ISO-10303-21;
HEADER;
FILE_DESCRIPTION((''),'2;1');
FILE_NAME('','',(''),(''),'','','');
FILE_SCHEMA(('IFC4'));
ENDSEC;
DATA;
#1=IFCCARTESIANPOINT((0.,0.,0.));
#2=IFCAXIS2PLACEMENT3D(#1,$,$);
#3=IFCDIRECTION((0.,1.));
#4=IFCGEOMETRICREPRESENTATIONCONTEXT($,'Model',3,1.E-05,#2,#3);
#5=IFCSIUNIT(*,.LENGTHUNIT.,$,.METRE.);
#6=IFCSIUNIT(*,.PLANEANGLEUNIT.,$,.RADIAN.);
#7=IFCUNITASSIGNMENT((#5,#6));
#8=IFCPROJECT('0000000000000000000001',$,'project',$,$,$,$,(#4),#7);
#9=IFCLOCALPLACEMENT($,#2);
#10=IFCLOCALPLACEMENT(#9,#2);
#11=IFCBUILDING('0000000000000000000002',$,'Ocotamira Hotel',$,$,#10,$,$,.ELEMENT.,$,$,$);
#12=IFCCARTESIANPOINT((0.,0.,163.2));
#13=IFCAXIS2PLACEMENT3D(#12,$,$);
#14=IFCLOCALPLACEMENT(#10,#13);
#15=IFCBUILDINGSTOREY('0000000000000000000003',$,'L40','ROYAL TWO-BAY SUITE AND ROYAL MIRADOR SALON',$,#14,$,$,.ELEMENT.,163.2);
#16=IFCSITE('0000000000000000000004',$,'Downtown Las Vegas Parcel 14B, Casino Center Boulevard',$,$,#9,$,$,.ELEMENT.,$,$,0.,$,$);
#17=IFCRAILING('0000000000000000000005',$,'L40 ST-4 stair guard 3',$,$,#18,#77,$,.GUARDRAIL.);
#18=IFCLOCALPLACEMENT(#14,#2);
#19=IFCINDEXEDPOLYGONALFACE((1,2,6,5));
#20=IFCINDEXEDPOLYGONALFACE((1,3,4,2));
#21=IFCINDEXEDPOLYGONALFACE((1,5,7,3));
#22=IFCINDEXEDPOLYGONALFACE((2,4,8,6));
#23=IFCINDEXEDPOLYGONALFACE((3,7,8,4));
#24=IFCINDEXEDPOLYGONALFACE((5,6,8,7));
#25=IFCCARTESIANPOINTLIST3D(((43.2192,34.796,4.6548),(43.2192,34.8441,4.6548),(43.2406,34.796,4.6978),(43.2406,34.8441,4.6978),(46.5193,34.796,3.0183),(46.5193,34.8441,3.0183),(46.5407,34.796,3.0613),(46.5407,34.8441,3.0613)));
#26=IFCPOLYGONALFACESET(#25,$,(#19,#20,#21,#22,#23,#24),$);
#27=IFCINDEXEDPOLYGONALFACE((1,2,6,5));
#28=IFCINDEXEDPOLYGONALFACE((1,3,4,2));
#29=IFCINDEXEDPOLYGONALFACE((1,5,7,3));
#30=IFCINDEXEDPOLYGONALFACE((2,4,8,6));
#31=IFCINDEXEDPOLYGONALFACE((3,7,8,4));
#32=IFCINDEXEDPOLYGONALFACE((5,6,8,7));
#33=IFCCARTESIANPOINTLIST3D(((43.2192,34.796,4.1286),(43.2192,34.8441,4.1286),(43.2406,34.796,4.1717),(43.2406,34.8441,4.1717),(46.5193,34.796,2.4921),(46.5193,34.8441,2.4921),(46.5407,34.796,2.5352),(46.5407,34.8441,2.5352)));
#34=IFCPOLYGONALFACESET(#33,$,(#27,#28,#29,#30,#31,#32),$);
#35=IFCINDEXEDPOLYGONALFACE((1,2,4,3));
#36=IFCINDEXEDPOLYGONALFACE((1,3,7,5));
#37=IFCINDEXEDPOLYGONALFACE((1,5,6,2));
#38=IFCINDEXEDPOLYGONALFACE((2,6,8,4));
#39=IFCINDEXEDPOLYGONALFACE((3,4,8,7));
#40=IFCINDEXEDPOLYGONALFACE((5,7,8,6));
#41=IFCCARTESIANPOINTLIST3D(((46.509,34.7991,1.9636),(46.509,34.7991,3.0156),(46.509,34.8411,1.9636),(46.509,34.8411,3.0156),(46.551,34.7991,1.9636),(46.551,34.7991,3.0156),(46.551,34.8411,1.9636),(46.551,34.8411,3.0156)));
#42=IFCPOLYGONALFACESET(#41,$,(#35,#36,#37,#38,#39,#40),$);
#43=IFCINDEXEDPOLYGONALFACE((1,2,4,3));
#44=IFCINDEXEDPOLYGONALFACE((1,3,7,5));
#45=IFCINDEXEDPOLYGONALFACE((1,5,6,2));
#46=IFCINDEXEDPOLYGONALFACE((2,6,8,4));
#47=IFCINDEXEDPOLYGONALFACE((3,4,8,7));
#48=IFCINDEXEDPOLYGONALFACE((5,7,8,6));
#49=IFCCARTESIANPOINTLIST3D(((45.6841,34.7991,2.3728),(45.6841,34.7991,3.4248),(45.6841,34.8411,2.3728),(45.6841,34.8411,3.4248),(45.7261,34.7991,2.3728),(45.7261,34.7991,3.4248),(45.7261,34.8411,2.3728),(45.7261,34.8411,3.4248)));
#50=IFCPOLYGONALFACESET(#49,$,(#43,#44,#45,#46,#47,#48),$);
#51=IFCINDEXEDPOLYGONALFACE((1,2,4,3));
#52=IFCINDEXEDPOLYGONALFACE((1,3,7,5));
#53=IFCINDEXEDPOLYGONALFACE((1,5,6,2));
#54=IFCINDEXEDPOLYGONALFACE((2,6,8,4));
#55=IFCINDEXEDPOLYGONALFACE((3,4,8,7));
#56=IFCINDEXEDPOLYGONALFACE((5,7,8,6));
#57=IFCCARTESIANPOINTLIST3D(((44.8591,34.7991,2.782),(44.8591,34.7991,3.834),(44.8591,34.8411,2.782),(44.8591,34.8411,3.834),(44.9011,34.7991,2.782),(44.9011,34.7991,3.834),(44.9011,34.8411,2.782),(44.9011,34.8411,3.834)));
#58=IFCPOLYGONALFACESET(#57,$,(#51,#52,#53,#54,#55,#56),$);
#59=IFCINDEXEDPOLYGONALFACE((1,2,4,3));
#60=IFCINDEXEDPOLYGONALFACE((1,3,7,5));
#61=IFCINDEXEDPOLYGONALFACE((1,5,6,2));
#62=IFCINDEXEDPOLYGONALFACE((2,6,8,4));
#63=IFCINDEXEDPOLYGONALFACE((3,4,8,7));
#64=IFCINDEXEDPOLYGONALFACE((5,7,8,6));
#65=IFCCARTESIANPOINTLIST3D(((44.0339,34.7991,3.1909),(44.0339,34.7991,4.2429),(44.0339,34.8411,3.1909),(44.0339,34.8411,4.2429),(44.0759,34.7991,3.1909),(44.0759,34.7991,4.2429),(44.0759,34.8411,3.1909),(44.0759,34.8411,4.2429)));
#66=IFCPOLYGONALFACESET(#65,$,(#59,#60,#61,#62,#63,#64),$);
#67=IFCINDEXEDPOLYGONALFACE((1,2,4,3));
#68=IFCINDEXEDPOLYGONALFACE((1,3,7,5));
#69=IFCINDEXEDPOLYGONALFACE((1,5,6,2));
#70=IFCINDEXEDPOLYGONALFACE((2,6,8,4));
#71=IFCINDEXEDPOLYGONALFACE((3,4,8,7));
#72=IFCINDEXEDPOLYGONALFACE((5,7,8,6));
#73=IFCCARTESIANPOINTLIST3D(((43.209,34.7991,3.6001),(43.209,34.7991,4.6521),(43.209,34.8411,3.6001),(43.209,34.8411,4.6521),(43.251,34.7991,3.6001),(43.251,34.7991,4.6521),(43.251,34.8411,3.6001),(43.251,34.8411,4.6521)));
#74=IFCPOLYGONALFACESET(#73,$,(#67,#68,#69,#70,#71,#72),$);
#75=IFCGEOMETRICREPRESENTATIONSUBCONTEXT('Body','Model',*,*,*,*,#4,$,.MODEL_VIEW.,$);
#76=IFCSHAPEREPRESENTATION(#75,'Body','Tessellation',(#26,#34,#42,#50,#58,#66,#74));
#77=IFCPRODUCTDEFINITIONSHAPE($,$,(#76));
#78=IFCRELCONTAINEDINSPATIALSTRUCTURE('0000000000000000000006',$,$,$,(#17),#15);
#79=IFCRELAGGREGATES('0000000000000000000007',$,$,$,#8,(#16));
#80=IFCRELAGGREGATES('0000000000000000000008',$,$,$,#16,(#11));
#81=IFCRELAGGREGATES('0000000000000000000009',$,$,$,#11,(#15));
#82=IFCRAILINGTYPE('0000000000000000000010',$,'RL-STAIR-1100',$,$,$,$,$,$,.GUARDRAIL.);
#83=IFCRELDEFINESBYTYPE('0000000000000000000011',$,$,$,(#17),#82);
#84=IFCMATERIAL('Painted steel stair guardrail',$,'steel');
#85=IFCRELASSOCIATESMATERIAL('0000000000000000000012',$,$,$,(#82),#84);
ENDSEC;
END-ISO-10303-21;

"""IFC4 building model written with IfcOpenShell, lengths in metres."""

from ifc_helpers import new_model, si_unit, direction, frame, origin, origin_2d, place, context, subcontext, project, spatial, rectangle, extrude, material, type_object, element, save


model = new_model("IFC4")

# Units and contexts
model_context = context("Model", 3, precision=1e-05, world=origin(), true_north=direction((0.0, 1.0)))
body_context = subcontext(model_context, "Body", "Model", "MODEL_VIEW")
ifc_project = project(units=[si_unit("LENGTHUNIT", "METRE"), si_unit("PLANEANGLEUNIT", "RADIAN")], contexts=[model_context])

# Site, building, storey
site_placement = place(None, origin())
site = spatial("IfcSite", under=ifc_project, at=site_placement, Name="Downtown Las Vegas Parcel 14B, Casino Center Boulevard", CompositionType="ELEMENT", RefElevation=0.0)
building_placement = place(site_placement, origin())
building = spatial("IfcBuilding", under=site, at=building_placement, Name="Ocotamira Hotel", CompositionType="ELEMENT")
storey_placement = place(building_placement, frame((0.0, 0.0, 163.2)))
storey = spatial("IfcBuildingStorey", under=building, at=storey_placement, Name="L40", Description="ROYAL TWO-BAY SUITE AND ROYAL MIRADOR SALON", CompositionType="ELEMENT", Elevation=163.2)

# Railing
ifc_material_1 = material(Name="Painted steel stair guardrail", Category="steel")
railing_type_1 = type_object("IfcRailingType", Name="RL-STAIR-1100", PredefinedType="GUARDRAIL", material=ifc_material_1)
railing_1_placement = place(storey_placement, frame((46.53, 34.8201, 1.9636)))
element("IfcRailing", 1, at=railing_1_placement, inside=storey, type_object=railing_type_1, Name="L40 ST-4 stair guard 3", PredefinedType="GUARDRAIL", context=body_context, shape_type="SweptSolid", body=[
    extrude(rectangle(XDim=0.0481, YDim=0.0481, at=origin_2d()), frame((0.0, 0.0, 1.0762), z_axis=(-0.895894, 0.0, 0.444268), x_axis=(0.0, -1.0, 0.0)), (0.0, 0.0, 1.0), 3.6836),
    extrude(rectangle(XDim=0.0481, YDim=0.0481, at=origin_2d()), frame((0.0, 0.0, 0.55), z_axis=(-0.895894, 0.0, 0.444268), x_axis=(0.0, -1.0, 0.0)), (0.0, 0.0, 1.0), 3.6836),
    extrude(rectangle(XDim=0.042, YDim=0.042, at=origin_2d()), origin(), (0.0, 0.0, 1.0), 1.052),
    extrude(rectangle(XDim=0.042, YDim=0.042, at=origin_2d()), frame((-0.825, 0.0, 0.4092)), (0.0, 0.0, 1.0), 1.052),
    extrude(rectangle(XDim=0.042, YDim=0.042, at=origin_2d()), frame((-1.6499, 0.0, 0.8184)), (0.0, 0.0, 1.0), 1.052),
    extrude(rectangle(XDim=0.042, YDim=0.042, at=origin_2d()), frame((-2.4751, 0.0, 1.2273)), (0.0, 0.0, 1.0), 1.052),
    extrude(rectangle(XDim=0.042, YDim=0.042, at=origin_2d()), frame((-3.3, 0.0, 1.6365)), (0.0, 0.0, 1.0), 1.052),
])

save(model, "model.ifc")
